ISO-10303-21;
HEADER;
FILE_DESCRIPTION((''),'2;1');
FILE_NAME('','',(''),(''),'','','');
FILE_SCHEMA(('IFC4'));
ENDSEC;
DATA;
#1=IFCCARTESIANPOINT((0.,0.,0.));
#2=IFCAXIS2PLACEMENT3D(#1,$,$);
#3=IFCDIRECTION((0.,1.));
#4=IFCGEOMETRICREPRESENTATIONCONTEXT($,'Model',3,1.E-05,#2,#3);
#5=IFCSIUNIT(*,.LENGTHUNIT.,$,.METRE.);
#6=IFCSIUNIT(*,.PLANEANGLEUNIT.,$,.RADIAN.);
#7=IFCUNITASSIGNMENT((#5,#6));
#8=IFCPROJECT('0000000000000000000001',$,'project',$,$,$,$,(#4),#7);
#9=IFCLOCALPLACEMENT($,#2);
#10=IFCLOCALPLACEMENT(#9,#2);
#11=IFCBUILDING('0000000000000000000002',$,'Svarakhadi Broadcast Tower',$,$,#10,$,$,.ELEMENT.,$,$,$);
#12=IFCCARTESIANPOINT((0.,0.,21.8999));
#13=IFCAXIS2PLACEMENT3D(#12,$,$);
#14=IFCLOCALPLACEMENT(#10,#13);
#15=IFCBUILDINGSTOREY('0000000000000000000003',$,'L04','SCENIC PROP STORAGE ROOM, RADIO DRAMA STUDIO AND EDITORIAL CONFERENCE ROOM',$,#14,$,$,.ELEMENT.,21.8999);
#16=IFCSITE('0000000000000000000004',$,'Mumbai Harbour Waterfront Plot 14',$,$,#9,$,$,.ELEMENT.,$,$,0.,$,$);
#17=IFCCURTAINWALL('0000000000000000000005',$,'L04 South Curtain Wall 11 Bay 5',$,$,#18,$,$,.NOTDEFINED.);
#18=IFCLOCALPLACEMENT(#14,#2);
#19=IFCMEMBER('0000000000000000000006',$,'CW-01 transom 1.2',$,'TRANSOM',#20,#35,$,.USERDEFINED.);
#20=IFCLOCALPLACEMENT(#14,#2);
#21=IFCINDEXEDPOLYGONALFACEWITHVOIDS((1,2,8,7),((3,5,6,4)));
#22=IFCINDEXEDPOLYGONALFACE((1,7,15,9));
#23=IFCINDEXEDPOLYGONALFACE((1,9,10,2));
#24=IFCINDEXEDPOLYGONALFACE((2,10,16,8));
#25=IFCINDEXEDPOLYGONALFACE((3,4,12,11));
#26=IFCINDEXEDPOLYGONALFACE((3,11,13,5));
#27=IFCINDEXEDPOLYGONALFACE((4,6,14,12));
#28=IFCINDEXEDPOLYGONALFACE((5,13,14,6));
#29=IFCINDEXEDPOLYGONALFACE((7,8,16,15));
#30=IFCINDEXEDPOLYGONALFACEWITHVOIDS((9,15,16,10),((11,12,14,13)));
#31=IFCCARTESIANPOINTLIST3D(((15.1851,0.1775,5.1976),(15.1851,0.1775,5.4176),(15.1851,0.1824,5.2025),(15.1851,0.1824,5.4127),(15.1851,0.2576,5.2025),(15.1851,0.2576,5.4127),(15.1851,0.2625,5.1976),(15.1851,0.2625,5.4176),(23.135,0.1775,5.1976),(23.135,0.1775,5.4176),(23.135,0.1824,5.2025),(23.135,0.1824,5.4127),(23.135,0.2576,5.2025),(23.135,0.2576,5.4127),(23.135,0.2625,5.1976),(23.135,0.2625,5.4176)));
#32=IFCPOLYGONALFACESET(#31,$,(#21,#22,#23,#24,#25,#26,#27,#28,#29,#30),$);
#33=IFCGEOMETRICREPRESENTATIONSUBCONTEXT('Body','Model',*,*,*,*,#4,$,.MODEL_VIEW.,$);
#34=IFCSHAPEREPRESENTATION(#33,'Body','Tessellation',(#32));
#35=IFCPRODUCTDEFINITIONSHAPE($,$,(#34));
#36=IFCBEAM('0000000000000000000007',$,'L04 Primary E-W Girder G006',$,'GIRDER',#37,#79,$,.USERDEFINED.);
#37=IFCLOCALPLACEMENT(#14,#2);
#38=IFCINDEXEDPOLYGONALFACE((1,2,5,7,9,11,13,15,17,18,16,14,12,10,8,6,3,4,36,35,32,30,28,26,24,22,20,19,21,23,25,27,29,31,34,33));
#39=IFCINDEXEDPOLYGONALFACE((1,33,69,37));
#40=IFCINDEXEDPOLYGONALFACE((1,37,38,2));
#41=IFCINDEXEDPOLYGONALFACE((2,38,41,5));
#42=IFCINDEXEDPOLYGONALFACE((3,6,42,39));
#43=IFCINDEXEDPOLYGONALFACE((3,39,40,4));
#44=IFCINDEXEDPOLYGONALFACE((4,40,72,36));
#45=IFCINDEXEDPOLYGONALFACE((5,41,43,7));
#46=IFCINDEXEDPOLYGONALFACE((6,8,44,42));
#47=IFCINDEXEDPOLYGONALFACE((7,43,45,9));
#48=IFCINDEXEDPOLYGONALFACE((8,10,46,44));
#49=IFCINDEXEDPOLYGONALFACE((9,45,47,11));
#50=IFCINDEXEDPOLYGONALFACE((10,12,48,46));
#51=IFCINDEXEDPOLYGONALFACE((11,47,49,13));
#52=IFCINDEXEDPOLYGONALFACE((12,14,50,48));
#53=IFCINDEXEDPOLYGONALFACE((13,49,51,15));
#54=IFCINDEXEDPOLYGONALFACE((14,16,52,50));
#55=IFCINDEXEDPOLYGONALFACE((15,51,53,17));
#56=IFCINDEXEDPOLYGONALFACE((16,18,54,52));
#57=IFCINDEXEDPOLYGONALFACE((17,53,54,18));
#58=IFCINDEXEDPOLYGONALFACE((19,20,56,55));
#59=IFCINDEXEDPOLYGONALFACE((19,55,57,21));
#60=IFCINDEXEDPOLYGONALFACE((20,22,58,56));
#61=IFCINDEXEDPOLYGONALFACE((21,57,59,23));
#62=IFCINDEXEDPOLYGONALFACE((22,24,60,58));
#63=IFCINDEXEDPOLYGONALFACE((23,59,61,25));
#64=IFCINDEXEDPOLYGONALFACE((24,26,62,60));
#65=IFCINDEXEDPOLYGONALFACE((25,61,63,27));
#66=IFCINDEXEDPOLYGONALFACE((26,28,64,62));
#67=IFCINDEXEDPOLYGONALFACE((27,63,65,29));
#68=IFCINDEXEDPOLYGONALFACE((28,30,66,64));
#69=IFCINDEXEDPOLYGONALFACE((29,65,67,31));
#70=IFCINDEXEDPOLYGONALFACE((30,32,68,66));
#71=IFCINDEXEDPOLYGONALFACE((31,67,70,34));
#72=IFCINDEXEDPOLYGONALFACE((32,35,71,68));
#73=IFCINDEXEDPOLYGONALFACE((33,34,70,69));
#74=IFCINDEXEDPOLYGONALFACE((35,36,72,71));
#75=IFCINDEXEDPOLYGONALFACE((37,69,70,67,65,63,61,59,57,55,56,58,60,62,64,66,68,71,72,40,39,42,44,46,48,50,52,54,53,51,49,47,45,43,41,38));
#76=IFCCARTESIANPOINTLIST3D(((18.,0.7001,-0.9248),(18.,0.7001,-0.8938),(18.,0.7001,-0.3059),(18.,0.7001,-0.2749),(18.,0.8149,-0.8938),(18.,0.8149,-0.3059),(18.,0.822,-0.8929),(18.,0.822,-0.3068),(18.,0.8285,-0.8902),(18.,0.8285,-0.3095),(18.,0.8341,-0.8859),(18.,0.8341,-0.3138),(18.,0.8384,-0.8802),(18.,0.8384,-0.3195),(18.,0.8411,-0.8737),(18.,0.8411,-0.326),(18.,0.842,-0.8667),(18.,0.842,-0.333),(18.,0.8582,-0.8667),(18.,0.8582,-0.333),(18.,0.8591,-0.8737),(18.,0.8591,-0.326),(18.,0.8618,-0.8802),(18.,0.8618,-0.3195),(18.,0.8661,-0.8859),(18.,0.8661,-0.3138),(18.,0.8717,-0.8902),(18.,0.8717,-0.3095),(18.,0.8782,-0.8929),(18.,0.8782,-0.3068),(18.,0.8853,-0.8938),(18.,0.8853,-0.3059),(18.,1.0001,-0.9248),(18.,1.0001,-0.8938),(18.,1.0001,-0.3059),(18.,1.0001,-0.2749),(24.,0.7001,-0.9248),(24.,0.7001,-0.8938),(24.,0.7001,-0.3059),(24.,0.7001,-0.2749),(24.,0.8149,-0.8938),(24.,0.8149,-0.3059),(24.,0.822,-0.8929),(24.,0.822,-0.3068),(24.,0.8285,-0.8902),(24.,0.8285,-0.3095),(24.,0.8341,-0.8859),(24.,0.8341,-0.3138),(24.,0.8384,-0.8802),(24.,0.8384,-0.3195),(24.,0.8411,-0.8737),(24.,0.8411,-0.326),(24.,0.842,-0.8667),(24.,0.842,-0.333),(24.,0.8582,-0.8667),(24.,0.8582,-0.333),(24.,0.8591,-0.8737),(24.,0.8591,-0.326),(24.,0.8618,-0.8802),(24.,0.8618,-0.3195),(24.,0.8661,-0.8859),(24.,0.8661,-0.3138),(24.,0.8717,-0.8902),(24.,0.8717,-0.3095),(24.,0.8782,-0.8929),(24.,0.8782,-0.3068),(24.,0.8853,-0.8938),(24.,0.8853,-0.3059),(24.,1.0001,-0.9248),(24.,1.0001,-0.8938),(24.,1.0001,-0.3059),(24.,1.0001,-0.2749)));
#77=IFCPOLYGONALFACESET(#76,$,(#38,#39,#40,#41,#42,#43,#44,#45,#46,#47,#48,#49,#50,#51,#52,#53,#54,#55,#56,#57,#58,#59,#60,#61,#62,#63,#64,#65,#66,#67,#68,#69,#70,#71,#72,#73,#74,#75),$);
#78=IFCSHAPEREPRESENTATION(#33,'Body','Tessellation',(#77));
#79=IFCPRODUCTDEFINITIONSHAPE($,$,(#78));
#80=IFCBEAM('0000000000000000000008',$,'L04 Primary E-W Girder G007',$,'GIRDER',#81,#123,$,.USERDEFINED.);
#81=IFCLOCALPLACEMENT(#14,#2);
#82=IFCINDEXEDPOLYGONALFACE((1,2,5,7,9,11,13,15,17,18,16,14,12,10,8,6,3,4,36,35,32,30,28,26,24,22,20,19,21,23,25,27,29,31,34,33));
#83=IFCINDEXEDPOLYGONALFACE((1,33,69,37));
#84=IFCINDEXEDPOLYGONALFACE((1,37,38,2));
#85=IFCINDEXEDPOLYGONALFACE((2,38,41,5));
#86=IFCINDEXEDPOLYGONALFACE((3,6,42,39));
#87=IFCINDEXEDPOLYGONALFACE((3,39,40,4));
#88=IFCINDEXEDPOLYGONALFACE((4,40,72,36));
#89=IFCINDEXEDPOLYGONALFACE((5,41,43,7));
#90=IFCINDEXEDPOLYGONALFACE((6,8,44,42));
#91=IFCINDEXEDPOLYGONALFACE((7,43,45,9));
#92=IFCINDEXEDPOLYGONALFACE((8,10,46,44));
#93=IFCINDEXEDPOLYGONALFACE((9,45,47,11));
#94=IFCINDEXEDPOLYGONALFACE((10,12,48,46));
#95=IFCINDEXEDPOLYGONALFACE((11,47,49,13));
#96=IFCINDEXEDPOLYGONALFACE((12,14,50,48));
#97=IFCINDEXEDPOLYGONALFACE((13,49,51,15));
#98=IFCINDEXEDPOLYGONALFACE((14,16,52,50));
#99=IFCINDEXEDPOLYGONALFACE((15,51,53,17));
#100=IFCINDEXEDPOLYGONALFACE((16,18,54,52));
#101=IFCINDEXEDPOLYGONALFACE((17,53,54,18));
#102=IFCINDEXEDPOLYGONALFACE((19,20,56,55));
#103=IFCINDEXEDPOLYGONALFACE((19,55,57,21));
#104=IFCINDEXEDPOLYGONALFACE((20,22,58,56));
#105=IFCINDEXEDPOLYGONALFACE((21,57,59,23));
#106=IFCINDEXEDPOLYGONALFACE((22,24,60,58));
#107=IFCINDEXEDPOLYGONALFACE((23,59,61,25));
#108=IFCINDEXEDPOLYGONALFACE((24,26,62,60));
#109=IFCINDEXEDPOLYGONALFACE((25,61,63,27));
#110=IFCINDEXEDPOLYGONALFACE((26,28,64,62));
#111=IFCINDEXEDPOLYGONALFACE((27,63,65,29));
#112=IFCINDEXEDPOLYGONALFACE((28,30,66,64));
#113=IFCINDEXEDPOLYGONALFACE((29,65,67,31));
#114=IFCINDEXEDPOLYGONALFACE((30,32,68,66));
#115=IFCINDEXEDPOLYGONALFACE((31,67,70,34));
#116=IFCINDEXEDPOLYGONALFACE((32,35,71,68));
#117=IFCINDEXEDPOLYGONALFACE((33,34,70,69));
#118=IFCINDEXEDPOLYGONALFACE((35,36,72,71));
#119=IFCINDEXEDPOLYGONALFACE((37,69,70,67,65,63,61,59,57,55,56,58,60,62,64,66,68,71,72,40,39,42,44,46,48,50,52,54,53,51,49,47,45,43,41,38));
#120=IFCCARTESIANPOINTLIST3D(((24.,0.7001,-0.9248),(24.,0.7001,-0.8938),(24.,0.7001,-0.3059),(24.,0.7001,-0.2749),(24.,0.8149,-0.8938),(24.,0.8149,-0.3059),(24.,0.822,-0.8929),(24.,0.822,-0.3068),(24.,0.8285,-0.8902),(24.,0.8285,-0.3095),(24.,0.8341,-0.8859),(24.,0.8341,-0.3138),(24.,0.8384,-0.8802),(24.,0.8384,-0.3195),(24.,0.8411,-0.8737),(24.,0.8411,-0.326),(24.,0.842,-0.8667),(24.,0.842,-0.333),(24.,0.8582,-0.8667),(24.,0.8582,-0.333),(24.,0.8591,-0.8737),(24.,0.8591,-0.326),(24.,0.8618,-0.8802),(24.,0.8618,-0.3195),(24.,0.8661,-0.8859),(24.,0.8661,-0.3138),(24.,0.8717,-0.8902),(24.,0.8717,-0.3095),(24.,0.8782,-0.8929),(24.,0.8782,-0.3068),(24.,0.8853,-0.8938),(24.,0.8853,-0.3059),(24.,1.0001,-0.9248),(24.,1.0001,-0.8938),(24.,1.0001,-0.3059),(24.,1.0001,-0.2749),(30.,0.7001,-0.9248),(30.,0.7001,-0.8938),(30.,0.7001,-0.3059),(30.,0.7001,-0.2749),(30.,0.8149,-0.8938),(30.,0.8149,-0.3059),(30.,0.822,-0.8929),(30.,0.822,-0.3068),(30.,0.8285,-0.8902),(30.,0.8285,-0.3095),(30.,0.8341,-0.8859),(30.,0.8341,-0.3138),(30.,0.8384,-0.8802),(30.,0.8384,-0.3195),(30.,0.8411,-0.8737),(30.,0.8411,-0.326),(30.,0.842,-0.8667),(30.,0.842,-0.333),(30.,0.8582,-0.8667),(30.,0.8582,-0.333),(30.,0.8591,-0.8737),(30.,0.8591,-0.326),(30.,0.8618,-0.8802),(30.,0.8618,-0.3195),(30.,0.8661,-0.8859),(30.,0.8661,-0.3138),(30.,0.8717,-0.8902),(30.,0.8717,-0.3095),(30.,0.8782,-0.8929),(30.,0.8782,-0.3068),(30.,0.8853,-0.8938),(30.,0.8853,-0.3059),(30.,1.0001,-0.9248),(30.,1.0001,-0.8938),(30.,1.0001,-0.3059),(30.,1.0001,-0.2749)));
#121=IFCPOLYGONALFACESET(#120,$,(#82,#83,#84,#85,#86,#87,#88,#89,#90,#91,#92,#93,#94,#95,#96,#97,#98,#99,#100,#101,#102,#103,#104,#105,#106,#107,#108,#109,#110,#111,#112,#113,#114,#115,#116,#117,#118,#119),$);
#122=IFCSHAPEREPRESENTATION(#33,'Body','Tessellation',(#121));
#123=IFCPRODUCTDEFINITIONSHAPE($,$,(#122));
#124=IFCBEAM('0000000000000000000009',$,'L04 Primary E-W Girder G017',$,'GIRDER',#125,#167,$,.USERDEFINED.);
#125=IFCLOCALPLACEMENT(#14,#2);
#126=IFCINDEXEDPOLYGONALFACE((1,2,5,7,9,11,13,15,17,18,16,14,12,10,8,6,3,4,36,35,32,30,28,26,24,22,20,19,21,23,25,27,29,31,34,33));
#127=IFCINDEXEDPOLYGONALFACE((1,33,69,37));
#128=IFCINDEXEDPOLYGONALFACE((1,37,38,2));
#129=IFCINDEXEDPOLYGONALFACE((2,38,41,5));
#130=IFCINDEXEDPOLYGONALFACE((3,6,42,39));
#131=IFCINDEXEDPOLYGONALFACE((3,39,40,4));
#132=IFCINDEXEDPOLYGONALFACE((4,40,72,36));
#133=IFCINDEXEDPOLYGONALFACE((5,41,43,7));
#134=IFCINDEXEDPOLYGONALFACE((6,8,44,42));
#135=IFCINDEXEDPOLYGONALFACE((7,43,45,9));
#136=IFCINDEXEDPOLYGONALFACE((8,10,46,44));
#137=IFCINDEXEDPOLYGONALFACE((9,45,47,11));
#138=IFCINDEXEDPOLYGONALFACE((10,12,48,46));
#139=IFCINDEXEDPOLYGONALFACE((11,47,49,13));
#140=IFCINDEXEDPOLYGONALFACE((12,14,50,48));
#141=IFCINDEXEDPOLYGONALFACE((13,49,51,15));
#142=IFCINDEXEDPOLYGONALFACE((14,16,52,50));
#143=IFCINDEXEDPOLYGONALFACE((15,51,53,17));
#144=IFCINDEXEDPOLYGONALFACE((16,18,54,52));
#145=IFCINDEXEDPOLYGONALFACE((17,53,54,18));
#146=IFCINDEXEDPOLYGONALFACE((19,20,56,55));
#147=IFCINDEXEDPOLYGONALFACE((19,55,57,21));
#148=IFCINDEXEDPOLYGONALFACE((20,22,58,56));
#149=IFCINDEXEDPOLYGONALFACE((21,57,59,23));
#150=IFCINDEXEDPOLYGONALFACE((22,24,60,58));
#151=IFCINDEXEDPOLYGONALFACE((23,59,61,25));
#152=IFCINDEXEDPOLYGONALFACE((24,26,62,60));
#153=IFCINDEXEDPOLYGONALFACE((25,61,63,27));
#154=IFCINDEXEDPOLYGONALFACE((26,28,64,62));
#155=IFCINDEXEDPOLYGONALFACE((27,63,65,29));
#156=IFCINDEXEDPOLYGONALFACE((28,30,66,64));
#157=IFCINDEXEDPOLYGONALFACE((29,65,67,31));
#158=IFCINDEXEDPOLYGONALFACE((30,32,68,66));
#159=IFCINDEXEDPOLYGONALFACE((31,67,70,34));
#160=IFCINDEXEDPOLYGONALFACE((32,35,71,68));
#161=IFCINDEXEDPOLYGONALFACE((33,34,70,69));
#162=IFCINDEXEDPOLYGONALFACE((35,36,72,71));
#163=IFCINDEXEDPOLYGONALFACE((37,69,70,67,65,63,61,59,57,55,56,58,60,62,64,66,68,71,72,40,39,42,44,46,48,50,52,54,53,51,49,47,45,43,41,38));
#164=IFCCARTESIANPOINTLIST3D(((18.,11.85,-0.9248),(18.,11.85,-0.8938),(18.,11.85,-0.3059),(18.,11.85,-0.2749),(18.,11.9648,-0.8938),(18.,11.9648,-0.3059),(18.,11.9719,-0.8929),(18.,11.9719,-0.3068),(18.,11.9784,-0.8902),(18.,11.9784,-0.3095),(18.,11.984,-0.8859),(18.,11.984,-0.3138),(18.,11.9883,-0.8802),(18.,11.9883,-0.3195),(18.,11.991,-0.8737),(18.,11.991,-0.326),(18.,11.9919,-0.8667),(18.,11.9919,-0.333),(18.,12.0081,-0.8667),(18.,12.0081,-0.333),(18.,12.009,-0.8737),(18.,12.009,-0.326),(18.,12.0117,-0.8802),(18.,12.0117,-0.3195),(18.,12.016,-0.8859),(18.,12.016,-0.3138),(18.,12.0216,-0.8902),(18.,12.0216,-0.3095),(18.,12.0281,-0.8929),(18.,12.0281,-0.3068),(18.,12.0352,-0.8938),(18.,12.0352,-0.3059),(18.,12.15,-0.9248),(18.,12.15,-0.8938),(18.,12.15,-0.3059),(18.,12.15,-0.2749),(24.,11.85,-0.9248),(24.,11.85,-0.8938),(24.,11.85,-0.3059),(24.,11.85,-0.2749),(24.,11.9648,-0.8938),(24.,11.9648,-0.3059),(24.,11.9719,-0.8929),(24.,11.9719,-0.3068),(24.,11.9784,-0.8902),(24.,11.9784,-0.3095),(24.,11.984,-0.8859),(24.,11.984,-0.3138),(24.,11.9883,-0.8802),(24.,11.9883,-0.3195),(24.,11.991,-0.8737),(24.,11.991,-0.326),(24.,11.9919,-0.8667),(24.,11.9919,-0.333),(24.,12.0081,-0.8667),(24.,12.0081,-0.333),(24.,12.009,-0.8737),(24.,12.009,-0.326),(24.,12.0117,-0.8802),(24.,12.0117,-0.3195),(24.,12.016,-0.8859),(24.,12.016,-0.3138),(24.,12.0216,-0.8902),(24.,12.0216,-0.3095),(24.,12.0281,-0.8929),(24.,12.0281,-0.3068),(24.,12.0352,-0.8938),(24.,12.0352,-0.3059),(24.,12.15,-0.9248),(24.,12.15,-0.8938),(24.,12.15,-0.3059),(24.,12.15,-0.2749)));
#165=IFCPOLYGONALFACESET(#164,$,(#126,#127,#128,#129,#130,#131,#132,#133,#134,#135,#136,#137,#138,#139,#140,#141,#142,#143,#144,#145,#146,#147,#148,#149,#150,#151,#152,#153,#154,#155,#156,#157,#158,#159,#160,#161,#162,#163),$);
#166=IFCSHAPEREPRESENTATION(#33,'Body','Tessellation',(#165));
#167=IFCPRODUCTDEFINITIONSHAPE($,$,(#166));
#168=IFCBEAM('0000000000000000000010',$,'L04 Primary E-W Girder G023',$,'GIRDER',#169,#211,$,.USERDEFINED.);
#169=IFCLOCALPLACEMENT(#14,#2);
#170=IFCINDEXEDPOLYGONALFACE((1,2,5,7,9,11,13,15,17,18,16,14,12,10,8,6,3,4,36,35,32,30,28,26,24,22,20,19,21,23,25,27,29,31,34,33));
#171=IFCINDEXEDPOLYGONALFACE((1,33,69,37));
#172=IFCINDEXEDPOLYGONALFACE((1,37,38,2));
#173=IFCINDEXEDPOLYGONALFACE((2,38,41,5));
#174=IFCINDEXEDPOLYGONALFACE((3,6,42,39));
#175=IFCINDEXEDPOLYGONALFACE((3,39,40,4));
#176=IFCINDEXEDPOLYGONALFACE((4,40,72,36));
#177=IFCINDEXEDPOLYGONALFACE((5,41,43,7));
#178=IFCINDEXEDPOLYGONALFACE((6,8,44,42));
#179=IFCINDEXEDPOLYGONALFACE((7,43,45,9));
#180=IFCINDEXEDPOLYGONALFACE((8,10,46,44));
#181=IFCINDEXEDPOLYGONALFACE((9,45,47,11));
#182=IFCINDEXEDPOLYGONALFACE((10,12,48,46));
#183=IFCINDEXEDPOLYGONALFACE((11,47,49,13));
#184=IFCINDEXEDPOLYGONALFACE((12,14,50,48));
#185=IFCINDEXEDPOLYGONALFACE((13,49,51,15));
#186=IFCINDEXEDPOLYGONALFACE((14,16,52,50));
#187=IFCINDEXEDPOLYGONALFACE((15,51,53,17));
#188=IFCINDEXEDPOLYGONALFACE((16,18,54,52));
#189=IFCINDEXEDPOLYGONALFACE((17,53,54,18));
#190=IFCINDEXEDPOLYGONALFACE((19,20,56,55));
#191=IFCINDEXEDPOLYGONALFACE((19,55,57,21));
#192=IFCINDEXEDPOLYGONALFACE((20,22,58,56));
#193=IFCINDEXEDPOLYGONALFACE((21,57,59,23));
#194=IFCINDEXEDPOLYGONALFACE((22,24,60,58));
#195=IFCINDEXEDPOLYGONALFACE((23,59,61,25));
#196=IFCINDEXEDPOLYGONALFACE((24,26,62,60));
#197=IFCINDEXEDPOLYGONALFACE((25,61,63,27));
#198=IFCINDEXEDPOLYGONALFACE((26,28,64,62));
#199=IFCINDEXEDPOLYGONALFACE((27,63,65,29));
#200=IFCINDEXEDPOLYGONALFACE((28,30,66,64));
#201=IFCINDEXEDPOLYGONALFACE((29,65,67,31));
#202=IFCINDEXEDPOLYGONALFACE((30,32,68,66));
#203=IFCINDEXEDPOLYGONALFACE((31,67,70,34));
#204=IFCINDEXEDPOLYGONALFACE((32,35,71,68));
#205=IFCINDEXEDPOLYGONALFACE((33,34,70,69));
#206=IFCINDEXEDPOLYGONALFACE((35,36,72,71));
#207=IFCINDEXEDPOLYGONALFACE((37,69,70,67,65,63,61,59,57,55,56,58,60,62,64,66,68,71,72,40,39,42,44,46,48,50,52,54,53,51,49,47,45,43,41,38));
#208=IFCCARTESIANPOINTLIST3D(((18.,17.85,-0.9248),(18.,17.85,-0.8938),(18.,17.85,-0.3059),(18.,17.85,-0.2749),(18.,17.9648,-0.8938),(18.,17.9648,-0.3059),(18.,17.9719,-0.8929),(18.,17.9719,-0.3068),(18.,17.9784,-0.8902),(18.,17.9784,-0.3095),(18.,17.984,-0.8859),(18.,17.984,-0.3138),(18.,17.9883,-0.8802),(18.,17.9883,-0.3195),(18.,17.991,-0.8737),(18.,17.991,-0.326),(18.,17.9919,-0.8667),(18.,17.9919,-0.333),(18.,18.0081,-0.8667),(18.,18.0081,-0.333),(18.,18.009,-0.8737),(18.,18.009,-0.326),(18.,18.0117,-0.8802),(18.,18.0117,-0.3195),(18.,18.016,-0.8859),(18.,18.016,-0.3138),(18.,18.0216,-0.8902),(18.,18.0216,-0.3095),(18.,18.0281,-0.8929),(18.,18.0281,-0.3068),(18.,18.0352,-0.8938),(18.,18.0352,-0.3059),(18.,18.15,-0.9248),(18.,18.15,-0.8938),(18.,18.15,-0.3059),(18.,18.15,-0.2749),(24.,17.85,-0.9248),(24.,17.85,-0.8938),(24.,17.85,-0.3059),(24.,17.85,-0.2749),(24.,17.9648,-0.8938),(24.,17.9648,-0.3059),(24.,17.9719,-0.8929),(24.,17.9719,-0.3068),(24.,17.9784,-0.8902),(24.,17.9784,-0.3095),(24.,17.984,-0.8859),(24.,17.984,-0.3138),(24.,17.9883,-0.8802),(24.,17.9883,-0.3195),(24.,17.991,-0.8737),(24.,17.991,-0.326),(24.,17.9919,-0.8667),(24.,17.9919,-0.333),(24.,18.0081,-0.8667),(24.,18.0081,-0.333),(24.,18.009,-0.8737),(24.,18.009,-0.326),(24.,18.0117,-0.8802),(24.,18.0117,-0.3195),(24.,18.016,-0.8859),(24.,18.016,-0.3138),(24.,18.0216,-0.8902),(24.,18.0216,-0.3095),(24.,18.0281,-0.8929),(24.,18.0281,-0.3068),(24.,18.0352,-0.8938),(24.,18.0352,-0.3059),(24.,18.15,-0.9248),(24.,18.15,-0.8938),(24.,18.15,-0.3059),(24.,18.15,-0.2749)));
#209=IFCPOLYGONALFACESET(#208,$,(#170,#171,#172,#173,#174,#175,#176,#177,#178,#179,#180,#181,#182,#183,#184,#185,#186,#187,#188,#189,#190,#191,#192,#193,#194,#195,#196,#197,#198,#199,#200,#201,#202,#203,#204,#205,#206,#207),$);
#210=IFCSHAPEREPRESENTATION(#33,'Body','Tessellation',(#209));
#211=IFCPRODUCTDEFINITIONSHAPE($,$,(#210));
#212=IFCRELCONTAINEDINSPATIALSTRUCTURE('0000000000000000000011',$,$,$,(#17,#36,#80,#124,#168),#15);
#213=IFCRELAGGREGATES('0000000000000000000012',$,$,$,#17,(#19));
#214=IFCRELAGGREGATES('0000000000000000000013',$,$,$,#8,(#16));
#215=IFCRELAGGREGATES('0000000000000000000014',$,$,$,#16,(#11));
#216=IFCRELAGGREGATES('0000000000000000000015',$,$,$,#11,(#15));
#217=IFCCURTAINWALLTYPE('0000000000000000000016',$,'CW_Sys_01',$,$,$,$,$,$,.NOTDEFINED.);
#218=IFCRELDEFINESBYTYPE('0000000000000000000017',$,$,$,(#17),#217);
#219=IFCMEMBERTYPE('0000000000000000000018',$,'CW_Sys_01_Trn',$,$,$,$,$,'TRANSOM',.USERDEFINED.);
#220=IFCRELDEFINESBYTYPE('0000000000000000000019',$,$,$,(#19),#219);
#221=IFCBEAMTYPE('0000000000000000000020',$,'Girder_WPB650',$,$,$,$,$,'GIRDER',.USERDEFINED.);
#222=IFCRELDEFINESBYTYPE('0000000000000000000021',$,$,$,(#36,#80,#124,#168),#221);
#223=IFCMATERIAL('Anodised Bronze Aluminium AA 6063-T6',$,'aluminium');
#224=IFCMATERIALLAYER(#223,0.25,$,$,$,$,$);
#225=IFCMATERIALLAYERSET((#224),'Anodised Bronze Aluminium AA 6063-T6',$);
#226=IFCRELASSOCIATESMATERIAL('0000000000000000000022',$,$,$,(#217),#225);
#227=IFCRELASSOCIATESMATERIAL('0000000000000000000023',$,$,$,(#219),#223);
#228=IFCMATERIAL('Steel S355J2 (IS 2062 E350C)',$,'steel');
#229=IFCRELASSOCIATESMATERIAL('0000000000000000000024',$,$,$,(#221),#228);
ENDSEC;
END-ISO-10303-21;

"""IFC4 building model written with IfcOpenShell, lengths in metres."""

from ifc_helpers import new_model, si_unit, direction, frame, origin, origin_2d, place, context, subcontext, project, spatial, hollow_rectangle, i_section, extrude, material, layer, layer_set, material_profile, profile_set, type_object, element, aggregate, save


model = new_model("IFC4")

# Units and contexts
model_context = context("Model", 3, precision=1e-05, world=origin(), true_north=direction((0.0, 1.0)))
body_context = subcontext(model_context, "Body", "Model", "MODEL_VIEW")
ifc_project = project(units=[si_unit("LENGTHUNIT", "METRE"), si_unit("PLANEANGLEUNIT", "RADIAN")], contexts=[model_context])

# Site, building, storey
site_placement = place(None, origin())
site = spatial("IfcSite", under=ifc_project, at=site_placement, Name="Mumbai Harbour Waterfront Plot 14", CompositionType="ELEMENT", RefElevation=0.0)
building_placement = place(site_placement, origin())
building = spatial("IfcBuilding", under=site, at=building_placement, Name="Svarakhadi Broadcast Tower", CompositionType="ELEMENT")
storey_placement = place(building_placement, frame((0.0, 0.0, 21.8999)))
storey = spatial("IfcBuildingStorey", under=building, at=storey_placement, Name="L04", Description="SCENIC PROP STORAGE ROOM, RADIO DRAMA STUDIO AND EDITORIAL CONFERENCE ROOM", CompositionType="ELEMENT", Elevation=21.8999)

# Shared definitions
ifc_material_1 = material(Name="Steel S355J2 (IS 2062 E350C)", Category="steel")

# Curtain wall, member
ifc_material_2 = material(Name="Anodised Bronze Aluminium AA 6063-T6", Category="aluminium")
ifc_layer_1 = layer(ifc_material_2, 0.25)
ifc_layer_set_1 = layer_set([ifc_layer_1], Name="Anodised Bronze Aluminium AA 6063-T6")
curtain_wall_type = type_object("IfcCurtainWallType", Name="CW_Sys_01", PredefinedType="NOTDEFINED", material=ifc_layer_set_1)
curtain_wall_placement = place(storey_placement, origin())
curtain_wall = element("IfcCurtainWall", 1, at=curtain_wall_placement, inside=storey, type_object=curtain_wall_type, Name="L04 South Curtain Wall 11 Bay 5", PredefinedType="NOTDEFINED")
ifc_material_profile_1 = material_profile(ifc_material_2, hollow_rectangle(XDim=0.085, YDim=0.22, WallThickness=0.0049, at=origin_2d()), Name="ALU TRANSOM 220x85x5")
ifc_profile_set_1 = profile_set([ifc_material_profile_1], Name="Anodised Bronze Aluminium AA 6063-T6")
member_type_1 = type_object("IfcMemberType", Name="CW_Sys_01_Trn", ElementType="TRANSOM", PredefinedType="USERDEFINED", material=ifc_profile_set_1)
member_1_placement = place(storey_placement, frame((23.135, 0.22, 5.3076), z_axis=(-1.0, 0.0, 0.0), x_axis=(0.0, -1.0, 0.0)))
member_1 = element("IfcMember", 2, at=member_1_placement, type_object=member_type_1, Name="CW-01 transom 1.2", ObjectType="TRANSOM", PredefinedType="USERDEFINED", context=body_context, shape_type="SweptSolid", body=[
    extrude(hollow_rectangle(XDim=0.085, YDim=0.22, WallThickness=0.0049, at=origin_2d()), origin(), (0.0, 0.0, 1.0), 7.95),
])

# Beams
ifc_material_profile_2 = material_profile(ifc_material_1, i_section(OverallWidth=0.3, OverallDepth=0.6499, WebThickness=0.0161, FlangeThickness=0.031, FilletRadius=0.0271, at=origin_2d()), Name="WPB 650x300x225")
ifc_profile_set_2 = profile_set([ifc_material_profile_2], Name="Steel S355J2 (IS 2062 E350C)")
beam_type_1 = type_object("IfcBeamType", Name="Girder_WPB650", ElementType="GIRDER", PredefinedType="USERDEFINED", material=ifc_profile_set_2)
for number, where, z_axis, x_axis, name in (
    (3, (18.0, 0.8501, -0.5999), (1.0, 0.0, 0.0), (0.0, 1.0, 0.0), "L04 Primary E-W Girder G006"),
    (4, (24.0, 0.8501, -0.5999), (1.0, 0.0, 0.0), (0.0, 1.0, 0.0), "L04 Primary E-W Girder G007"),
    (5, (18.0, 12.0, -0.5999), (1.0, 0.0, 0.0), (0.0, 1.0, 0.0), "L04 Primary E-W Girder G017"),
    (6, (18.0, 18.0, -0.5999), (1.0, 0.0, 0.0), (0.0, 1.0, 0.0), "L04 Primary E-W Girder G023"),
):
    element("IfcBeam", number, at=place(storey_placement, frame(where, z_axis=z_axis, x_axis=x_axis)), inside=storey, type_object=beam_type_1, Name=name, ObjectType="GIRDER", PredefinedType="USERDEFINED", context=body_context, shape_type="SweptSolid", body=[
        extrude(i_section(OverallWidth=0.3, OverallDepth=0.6499, WebThickness=0.0161, FlangeThickness=0.031, FilletRadius=0.0271, at=origin_2d()), origin(), (0.0, 0.0, 1.0), 6.0),
    ])

aggregate(curtain_wall, [member_1])

save(model, "model.ifc")
